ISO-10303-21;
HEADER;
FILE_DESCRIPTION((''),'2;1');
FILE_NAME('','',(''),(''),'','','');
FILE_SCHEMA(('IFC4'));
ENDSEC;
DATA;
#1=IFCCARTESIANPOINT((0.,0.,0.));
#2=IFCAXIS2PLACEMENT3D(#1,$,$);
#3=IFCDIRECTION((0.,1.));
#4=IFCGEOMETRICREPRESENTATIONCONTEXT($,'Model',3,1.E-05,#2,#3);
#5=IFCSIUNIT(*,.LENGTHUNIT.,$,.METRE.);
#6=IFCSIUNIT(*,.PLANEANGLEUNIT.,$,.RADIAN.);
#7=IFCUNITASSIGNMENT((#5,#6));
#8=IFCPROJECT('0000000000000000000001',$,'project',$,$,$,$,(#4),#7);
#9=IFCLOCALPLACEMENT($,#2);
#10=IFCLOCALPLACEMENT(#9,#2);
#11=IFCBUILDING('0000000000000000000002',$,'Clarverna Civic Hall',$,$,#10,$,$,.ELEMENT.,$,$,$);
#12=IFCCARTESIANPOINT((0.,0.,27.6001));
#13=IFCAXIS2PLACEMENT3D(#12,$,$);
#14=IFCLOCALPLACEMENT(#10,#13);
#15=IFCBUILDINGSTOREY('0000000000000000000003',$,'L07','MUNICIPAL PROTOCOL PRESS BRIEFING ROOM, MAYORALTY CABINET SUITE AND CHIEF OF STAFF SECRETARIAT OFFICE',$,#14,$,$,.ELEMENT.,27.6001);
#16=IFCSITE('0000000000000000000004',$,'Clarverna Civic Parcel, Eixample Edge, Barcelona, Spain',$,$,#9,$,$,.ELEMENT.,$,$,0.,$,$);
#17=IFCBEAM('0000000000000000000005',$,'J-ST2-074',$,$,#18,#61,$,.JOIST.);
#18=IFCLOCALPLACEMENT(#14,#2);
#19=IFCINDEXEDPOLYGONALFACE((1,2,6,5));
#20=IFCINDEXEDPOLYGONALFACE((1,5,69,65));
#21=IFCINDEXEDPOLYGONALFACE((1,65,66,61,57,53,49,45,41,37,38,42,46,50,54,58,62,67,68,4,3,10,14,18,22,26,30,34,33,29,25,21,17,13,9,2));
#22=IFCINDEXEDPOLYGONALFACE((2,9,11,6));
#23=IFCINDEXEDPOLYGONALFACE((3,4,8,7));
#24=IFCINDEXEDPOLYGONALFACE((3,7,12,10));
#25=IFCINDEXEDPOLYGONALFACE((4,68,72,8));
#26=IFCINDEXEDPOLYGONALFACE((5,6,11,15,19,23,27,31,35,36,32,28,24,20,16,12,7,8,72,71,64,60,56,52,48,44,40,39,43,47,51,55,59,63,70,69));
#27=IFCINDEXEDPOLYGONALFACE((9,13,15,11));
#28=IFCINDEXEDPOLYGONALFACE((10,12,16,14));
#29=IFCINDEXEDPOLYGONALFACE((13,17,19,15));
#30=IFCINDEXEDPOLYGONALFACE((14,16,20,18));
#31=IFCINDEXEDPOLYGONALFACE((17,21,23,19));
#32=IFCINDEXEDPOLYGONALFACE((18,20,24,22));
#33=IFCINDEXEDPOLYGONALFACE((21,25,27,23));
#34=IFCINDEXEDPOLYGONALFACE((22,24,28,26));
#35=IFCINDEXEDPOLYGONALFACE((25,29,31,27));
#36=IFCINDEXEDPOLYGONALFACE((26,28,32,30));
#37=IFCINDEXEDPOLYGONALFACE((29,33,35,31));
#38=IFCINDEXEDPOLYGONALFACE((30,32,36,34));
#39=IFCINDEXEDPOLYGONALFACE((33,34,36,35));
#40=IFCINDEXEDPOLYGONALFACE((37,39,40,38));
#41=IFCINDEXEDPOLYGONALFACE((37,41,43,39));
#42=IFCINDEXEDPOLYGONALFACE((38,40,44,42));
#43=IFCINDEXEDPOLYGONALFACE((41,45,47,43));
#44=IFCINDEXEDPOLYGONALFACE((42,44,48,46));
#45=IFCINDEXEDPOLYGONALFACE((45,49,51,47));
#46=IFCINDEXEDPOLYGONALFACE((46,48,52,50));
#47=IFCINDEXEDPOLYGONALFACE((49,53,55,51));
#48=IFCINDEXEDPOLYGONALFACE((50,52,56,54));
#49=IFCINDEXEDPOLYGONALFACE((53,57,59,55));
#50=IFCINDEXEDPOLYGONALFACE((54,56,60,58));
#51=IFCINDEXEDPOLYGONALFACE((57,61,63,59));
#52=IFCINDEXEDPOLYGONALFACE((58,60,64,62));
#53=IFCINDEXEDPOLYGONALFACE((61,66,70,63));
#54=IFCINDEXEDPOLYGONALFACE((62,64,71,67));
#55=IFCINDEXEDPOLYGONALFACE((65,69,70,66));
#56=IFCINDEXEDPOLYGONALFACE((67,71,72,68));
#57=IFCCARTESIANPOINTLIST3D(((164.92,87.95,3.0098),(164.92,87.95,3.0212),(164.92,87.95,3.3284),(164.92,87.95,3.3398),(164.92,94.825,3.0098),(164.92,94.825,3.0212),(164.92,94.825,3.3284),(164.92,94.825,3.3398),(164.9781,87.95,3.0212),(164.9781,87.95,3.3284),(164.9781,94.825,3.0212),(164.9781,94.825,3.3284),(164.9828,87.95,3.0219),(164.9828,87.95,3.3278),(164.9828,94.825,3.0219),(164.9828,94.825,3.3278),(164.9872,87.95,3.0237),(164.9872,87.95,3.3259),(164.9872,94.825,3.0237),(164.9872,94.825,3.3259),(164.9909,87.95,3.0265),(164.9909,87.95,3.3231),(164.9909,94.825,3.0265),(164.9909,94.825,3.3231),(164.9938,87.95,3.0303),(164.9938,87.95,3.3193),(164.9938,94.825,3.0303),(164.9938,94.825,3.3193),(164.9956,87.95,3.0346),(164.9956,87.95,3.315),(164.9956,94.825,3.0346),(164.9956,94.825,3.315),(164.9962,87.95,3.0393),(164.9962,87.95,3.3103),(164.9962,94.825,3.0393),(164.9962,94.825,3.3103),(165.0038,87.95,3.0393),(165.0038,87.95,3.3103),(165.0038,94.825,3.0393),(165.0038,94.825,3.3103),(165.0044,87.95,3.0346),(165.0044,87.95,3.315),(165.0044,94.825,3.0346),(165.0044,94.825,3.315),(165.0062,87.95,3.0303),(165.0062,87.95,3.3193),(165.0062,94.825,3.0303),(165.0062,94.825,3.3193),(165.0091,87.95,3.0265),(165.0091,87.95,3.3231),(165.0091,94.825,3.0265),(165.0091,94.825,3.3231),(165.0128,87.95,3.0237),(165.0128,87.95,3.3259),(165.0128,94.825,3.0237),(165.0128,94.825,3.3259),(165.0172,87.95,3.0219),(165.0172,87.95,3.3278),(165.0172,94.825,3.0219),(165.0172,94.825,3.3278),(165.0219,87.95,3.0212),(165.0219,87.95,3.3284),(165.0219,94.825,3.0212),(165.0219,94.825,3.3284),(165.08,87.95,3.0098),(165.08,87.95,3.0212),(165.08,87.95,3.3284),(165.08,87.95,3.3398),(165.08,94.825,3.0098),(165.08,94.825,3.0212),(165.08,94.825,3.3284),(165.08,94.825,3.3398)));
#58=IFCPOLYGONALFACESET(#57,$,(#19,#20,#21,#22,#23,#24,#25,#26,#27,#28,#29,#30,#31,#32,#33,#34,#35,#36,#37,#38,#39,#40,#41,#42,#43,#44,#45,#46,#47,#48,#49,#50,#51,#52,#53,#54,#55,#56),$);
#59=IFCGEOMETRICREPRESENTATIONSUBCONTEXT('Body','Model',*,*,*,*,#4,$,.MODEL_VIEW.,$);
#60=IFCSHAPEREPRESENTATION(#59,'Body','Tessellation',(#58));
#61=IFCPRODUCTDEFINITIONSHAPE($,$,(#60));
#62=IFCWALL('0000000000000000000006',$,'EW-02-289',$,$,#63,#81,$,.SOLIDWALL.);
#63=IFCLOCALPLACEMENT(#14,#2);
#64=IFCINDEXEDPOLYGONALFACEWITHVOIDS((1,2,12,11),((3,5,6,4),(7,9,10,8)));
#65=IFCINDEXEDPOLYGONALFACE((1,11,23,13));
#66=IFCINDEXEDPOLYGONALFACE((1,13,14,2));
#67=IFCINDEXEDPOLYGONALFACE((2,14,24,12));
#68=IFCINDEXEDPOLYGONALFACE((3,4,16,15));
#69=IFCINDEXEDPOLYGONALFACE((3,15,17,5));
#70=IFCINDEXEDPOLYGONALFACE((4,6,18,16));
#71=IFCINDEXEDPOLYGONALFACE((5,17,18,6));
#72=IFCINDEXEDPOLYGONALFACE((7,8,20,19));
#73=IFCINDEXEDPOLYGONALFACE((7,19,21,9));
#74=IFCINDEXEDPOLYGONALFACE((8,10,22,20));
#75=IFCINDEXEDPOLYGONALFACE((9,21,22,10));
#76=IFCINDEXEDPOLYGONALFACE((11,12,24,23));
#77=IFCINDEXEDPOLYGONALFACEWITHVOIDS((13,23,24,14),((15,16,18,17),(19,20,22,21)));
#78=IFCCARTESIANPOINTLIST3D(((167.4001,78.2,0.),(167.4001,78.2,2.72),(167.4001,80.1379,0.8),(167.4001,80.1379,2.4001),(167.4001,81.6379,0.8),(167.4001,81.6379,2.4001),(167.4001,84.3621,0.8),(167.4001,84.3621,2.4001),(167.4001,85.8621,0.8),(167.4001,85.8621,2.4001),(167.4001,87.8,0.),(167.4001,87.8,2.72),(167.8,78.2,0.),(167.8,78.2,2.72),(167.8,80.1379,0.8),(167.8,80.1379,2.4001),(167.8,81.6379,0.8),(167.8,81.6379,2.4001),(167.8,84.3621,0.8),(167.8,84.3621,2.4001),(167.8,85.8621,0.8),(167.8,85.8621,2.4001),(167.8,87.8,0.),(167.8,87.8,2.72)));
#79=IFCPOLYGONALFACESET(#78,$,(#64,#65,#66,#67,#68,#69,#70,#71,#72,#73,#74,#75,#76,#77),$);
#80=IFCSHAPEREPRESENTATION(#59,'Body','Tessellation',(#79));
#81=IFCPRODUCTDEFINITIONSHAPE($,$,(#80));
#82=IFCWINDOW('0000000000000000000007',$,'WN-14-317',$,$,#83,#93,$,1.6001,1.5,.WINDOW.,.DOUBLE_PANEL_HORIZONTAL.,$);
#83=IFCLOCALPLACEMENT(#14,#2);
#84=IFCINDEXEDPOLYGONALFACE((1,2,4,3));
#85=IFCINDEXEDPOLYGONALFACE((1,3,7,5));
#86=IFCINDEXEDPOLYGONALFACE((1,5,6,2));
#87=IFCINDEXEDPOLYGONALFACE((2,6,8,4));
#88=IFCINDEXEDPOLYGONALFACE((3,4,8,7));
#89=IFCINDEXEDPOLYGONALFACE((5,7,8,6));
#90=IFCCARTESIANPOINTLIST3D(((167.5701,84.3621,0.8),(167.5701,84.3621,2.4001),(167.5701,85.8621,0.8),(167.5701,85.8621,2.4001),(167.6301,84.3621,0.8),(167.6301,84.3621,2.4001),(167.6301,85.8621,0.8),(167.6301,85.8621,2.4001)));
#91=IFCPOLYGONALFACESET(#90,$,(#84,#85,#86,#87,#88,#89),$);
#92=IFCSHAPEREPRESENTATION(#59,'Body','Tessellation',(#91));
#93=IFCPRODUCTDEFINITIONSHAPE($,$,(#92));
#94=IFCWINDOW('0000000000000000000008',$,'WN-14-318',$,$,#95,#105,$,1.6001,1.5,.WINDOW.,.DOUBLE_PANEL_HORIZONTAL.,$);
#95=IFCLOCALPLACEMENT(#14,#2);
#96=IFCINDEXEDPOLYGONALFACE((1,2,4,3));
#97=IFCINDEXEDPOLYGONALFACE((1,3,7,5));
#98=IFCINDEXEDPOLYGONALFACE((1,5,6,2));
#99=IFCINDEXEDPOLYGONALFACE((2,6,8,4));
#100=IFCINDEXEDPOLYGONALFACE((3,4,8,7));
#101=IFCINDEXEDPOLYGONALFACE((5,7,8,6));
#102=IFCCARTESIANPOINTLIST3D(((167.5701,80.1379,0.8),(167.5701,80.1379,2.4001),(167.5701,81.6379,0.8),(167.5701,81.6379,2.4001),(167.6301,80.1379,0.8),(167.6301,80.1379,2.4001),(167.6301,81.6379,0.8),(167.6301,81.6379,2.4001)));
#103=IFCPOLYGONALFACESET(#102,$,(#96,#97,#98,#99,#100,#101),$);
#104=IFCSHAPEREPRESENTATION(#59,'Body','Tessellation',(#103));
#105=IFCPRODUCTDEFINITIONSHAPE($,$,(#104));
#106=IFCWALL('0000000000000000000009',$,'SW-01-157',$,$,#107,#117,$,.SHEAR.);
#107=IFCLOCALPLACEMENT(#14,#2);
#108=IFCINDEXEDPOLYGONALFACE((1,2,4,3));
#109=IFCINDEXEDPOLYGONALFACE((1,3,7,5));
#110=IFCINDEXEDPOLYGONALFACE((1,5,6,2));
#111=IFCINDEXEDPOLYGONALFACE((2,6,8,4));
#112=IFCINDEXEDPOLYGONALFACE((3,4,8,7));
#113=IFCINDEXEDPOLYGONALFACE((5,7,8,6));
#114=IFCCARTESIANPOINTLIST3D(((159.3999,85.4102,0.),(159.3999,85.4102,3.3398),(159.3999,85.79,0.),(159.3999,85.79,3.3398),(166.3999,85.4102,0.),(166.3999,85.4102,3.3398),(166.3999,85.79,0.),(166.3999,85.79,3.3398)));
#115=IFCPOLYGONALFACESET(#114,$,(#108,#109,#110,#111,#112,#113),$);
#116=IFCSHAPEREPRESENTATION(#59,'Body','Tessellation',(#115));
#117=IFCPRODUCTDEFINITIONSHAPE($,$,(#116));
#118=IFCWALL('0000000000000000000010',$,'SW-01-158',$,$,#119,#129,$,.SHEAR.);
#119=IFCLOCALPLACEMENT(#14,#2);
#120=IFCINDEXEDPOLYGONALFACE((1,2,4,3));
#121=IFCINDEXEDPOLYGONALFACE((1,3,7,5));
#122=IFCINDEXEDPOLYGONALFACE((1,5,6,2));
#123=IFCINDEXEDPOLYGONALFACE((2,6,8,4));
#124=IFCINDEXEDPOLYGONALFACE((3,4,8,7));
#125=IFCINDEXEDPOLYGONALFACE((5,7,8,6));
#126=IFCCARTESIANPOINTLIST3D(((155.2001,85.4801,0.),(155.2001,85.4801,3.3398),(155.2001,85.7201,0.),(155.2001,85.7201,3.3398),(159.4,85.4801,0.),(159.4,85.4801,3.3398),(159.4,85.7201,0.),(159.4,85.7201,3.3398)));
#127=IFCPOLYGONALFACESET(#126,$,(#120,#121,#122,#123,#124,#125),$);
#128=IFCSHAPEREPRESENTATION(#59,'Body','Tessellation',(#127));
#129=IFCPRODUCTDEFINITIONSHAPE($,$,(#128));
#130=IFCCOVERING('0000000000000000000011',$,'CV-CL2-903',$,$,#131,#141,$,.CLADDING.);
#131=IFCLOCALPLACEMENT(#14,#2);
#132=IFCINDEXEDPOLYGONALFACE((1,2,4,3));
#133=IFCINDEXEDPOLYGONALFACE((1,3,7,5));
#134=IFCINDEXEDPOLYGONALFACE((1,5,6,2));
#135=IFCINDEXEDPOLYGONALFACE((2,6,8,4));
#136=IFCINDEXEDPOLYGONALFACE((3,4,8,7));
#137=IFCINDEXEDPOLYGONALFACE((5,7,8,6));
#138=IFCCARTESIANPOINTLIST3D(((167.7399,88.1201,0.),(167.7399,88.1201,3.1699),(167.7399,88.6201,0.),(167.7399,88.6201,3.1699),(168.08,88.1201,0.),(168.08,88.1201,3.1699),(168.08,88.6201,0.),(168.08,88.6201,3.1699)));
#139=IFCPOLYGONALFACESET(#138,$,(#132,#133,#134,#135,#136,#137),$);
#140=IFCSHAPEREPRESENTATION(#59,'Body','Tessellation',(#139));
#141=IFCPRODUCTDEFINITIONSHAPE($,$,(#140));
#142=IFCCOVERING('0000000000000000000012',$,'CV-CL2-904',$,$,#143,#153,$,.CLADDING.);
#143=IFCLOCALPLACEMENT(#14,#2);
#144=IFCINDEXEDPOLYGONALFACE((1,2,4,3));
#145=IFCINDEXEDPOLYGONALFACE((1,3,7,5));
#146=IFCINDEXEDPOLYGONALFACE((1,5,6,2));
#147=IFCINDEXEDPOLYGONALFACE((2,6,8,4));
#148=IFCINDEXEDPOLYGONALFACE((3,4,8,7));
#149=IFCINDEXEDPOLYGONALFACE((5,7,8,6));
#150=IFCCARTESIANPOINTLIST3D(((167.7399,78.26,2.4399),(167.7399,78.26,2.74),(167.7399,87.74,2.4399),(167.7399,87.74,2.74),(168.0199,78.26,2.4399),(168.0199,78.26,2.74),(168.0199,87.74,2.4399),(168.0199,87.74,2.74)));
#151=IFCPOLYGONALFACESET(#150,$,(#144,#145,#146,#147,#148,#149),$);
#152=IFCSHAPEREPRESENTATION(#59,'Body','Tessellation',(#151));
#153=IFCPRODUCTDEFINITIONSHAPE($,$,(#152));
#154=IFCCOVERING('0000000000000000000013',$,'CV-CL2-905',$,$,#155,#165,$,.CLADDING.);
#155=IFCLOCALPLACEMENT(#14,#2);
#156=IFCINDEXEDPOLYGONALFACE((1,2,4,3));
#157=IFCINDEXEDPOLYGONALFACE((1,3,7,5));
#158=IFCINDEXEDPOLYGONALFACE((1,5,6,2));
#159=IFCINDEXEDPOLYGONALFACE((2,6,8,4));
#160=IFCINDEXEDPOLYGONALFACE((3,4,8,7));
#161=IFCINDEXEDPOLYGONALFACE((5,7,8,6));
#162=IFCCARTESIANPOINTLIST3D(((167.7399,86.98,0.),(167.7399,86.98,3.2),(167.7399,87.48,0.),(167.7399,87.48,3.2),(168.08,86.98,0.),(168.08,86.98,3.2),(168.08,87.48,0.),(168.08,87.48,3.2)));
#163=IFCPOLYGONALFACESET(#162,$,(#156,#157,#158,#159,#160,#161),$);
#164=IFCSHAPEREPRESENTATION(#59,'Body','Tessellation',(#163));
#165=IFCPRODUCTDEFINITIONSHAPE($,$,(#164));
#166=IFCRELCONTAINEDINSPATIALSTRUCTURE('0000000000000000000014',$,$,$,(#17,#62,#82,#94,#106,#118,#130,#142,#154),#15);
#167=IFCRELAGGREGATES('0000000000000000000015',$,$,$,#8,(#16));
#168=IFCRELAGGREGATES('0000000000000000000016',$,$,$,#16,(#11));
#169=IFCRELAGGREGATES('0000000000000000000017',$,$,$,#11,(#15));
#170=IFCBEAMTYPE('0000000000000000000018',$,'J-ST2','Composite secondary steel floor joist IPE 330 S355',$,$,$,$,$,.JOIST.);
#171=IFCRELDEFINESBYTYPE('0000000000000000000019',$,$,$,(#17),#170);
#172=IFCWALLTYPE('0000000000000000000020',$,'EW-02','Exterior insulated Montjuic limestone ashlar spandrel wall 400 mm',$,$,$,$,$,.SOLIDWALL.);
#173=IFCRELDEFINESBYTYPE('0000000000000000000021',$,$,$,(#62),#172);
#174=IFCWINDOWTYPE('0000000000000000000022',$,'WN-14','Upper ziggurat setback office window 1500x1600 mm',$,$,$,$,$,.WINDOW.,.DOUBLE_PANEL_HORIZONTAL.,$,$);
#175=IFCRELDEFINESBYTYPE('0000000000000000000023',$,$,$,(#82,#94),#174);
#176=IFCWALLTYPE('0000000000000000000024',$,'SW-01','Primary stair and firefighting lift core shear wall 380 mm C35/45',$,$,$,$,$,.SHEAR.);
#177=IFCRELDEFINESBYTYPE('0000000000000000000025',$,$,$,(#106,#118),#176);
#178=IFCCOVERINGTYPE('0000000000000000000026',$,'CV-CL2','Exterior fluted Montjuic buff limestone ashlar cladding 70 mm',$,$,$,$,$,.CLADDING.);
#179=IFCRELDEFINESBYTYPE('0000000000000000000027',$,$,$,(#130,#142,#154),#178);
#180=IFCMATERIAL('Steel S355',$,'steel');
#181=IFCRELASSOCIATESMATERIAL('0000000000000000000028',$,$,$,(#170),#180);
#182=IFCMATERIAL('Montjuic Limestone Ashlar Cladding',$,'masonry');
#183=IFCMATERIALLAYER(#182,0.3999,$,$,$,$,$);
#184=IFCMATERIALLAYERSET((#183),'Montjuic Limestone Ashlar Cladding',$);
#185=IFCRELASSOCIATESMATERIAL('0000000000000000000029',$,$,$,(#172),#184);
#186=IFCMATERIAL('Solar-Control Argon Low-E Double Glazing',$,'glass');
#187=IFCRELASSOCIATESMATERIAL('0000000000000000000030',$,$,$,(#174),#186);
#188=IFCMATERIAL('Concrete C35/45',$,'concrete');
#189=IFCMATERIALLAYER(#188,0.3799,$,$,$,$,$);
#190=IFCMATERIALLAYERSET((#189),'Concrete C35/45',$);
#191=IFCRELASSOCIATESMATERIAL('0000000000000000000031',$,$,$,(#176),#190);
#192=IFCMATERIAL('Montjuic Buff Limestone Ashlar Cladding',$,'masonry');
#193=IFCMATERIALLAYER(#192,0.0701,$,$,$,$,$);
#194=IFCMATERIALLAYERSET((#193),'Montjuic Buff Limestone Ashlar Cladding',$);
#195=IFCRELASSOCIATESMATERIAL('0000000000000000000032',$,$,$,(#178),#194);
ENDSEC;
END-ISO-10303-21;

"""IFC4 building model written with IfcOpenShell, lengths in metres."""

from ifc_helpers import new_model, si_unit, direction, frame, frame_2d, origin, origin_2d, place, context, subcontext, project, spatial, rectangle, i_section, extrude, material, layer, layer_set, material_profile, profile_set, type_object, element, fill, save


model = new_model("IFC4")

# Units and contexts
model_context = context("Model", 3, precision=1e-05, world=origin(), true_north=direction((0.0, 1.0)))
body_context = subcontext(model_context, "Body", "Model", "MODEL_VIEW")
ifc_project = project(units=[si_unit("LENGTHUNIT", "METRE"), si_unit("PLANEANGLEUNIT", "RADIAN")], contexts=[model_context])

# Site, building, storey
site_placement = place(None, origin())
site = spatial("IfcSite", under=ifc_project, at=site_placement, Name="Clarverna Civic Parcel, Eixample Edge, Barcelona, Spain", CompositionType="ELEMENT", RefElevation=0.0)
building_placement = place(site_placement, origin())
building = spatial("IfcBuilding", under=site, at=building_placement, Name="Clarverna Civic Hall", CompositionType="ELEMENT")
storey_placement = place(building_placement, frame((0.0, 0.0, 27.6001)))
storey = spatial("IfcBuildingStorey", under=building, at=storey_placement, Name="L07", Description="MUNICIPAL PROTOCOL PRESS BRIEFING ROOM, MAYORALTY CABINET SUITE AND CHIEF OF STAFF SECRETARIAT OFFICE", CompositionType="ELEMENT", Elevation=27.6001)

# Shared definitions
ifc_material_1 = material(Name="Concrete C35/45", Category="concrete")

# Beam
ifc_material_2 = material(Name="Steel S355", Category="steel")
ifc_material_profile_1 = material_profile(ifc_material_2, i_section(OverallWidth=0.1599, OverallDepth=0.3301, WebThickness=0.0076, FlangeThickness=0.0115, FilletRadius=0.0181, at=origin_2d()), Name="IPE 330")
ifc_profile_set_1 = profile_set([ifc_material_profile_1], Name="Steel S355")
beam_type_1 = type_object("IfcBeamType", Name="J-ST2", Description="Composite secondary steel floor joist IPE 330 S355", PredefinedType="JOIST", material=ifc_profile_set_1)
beam_1_placement = place(storey_placement, frame((165.0, 87.95, 3.1748), z_axis=(0.0, 1.0, 0.0), x_axis=(-1.0, 0.0, 0.0)))
element("IfcBeam", 1, at=beam_1_placement, inside=storey, type_object=beam_type_1, Name="J-ST2-074", PredefinedType="JOIST", context=body_context, shape_type="SweptSolid", body=[
    extrude(i_section(OverallWidth=0.1599, OverallDepth=0.3301, WebThickness=0.0076, FlangeThickness=0.0115, FilletRadius=0.0181, at=origin_2d()), origin(), (0.0, 0.0, 1.0), 6.875),
])

# Wall, openings, windows
ifc_material_3 = material(Name="Montjuic Limestone Ashlar Cladding", Category="masonry")
ifc_layer_1 = layer(ifc_material_3, 0.3999)
ifc_layer_set_1 = layer_set([ifc_layer_1], Name="Montjuic Limestone Ashlar Cladding")
wall_type_1 = type_object("IfcWallType", Name="EW-02", Description="Exterior insulated Montjuic limestone ashlar spandrel wall 400 mm", PredefinedType="SOLIDWALL", material=ifc_layer_set_1)
wall_1_placement = place(storey_placement, frame((167.6001, 87.8, 0.0), z_axis=(0.0, 0.0, 1.0), x_axis=(0.0, -1.0, 0.0)))
wall_1 = element("IfcWall", 2, at=wall_1_placement, inside=storey, type_object=wall_type_1, Name="EW-02-289", PredefinedType="SOLIDWALL", context=body_context, shape_type="SweptSolid", body=[
    extrude(rectangle(XDim=9.6001, YDim=0.3999, at=frame_2d((4.8, 0.0))), origin(), (0.0, 0.0, 1.0), 2.72),
])
opening_1_placement = place(wall_1_placement, frame((1.938, 0.0, 0.8)))
opening_1 = element("IfcOpeningElement", 3, at=opening_1_placement, cuts=wall_1, PredefinedType="OPENING", context=body_context, shape_type="SweptSolid", body=[
    extrude(rectangle(XDim=1.5, YDim=1.6001, at=frame_2d((0.75, 0.8))), frame((0.0, 0.21, 0.0), z_axis=(0.0, -1.0, 0.0), x_axis=(1.0, 0.0, 0.0)), (0.0, 0.0, 1.0), 0.4199),
])
opening_2_placement = place(wall_1_placement, frame((6.1621, 0.0, 0.8)))
opening_2 = element("IfcOpeningElement", 4, at=opening_2_placement, cuts=wall_1, PredefinedType="OPENING", context=body_context, shape_type="SweptSolid", body=[
    extrude(rectangle(XDim=1.5, YDim=1.6001, at=frame_2d((0.75, 0.8))), frame((0.0, 0.21, 0.0), z_axis=(0.0, -1.0, 0.0), x_axis=(1.0, 0.0, 0.0)), (0.0, 0.0, 1.0), 0.4199),
])
ifc_material_4 = material(Name="Solar-Control Argon Low-E Double Glazing", Category="glass")
window_type = type_object("IfcWindowType", Name="WN-14", Description="Upper ziggurat setback office window 1500x1600 mm", PartitioningType="DOUBLE_PANEL_HORIZONTAL", PredefinedType="WINDOW", material=ifc_material_4)
window_1_placement = place(opening_1_placement, origin())
window_1 = element("IfcWindow", 5, at=window_1_placement, inside=storey, type_object=window_type, Name="WN-14-317", OverallHeight=1.6001, OverallWidth=1.5, PartitioningType="DOUBLE_PANEL_HORIZONTAL", PredefinedType="WINDOW", context=body_context, shape_type="SweptSolid", body=[
    extrude(rectangle(XDim=1.5, YDim=1.6001, at=frame_2d((0.75, 0.8))), frame((0.0, 0.03, 0.0), z_axis=(0.0, -1.0, 0.0), x_axis=(1.0, 0.0, 0.0)), (0.0, 0.0, 1.0), 0.0601),
])
fill(opening_1, window_1)
window_2_placement = place(opening_2_placement, origin())
window_2 = element("IfcWindow", 6, at=window_2_placement, inside=storey, type_object=window_type, Name="WN-14-318", OverallHeight=1.6001, OverallWidth=1.5, PartitioningType="DOUBLE_PANEL_HORIZONTAL", PredefinedType="WINDOW", context=body_context, shape_type="SweptSolid", body=[
    extrude(rectangle(XDim=1.5, YDim=1.6001, at=frame_2d((0.75, 0.8))), frame((0.0, 0.03, 0.0), z_axis=(0.0, -1.0, 0.0), x_axis=(1.0, 0.0, 0.0)), (0.0, 0.0, 1.0), 0.0601),
])
fill(opening_2, window_2)

# Walls
ifc_layer_2 = layer(ifc_material_1, 0.3799)
ifc_layer_set_2 = layer_set([ifc_layer_2], Name="Concrete C35/45")
wall_type_2 = type_object("IfcWallType", Name="SW-01", Description="Primary stair and firefighting lift core shear wall 380 mm C35/45", PredefinedType="SHEAR", material=ifc_layer_set_2)
wall_2_placement = place(storey_placement, frame((159.3999, 85.6001, 0.0), z_axis=(0.0, 0.0, 1.0), x_axis=(1.0, 0.0, 0.0)))
element("IfcWall", 7, at=wall_2_placement, inside=storey, type_object=wall_type_2, Name="SW-01-157", PredefinedType="SHEAR", context=body_context, shape_type="SweptSolid", body=[
    extrude(rectangle(XDim=7.0, YDim=0.3799, at=frame_2d((3.5, 0.0))), origin(), (0.0, 0.0, 1.0), 3.3398),
])
wall_3_placement = place(storey_placement, frame((155.2, 85.6001, 0.0), z_axis=(0.0, 0.0, 1.0), x_axis=(1.0, 0.0, 0.0)))
element("IfcWall", 8, at=wall_3_placement, inside=storey, type_object=wall_type_2, Name="SW-01-158", PredefinedType="SHEAR", context=body_context, shape_type="SweptSolid", body=[
    extrude(rectangle(XDim=4.2, YDim=0.24, at=frame_2d((2.1001, 0.0))), origin(), (0.0, 0.0, 1.0), 3.3398),
])

# Coverings
ifc_material_5 = material(Name="Montjuic Buff Limestone Ashlar Cladding", Category="masonry")
ifc_layer_3 = layer(ifc_material_5, 0.0701)
ifc_layer_set_3 = layer_set([ifc_layer_3], Name="Montjuic Buff Limestone Ashlar Cladding")
covering_type = type_object("IfcCoveringType", Name="CV-CL2", Description="Exterior fluted Montjuic buff limestone ashlar cladding 70 mm", PredefinedType="CLADDING", material=ifc_layer_set_3)
covering_1_placement = place(storey_placement, frame((167.9099, 88.6201, 0.0), z_axis=(0.0, 0.0, 1.0), x_axis=(0.0, -1.0, 0.0)))
element("IfcCovering", 9, at=covering_1_placement, inside=storey, type_object=covering_type, Name="CV-CL2-903", PredefinedType="CLADDING", context=body_context, shape_type="SweptSolid", body=[
    extrude(rectangle(XDim=0.5, YDim=0.3401, at=frame_2d((0.25, 0.0))), origin(), (0.0, 0.0, 1.0), 3.1699),
])
covering_2_placement = place(storey_placement, frame((167.8799, 87.74, 2.4399), z_axis=(0.0, 0.0, 1.0), x_axis=(0.0, -1.0, 0.0)))
element("IfcCovering", 10, at=covering_2_placement, inside=storey, type_object=covering_type, Name="CV-CL2-904", PredefinedType="CLADDING", context=body_context, shape_type="SweptSolid", body=[
    extrude(rectangle(XDim=9.48, YDim=0.28, at=frame_2d((4.74, 0.0))), origin(), (0.0, 0.0, 1.0), 0.3),
])
covering_3_placement = place(storey_placement, frame((167.9099, 87.48, 0.0), z_axis=(0.0, 0.0, 1.0), x_axis=(0.0, -1.0, 0.0)))
element("IfcCovering", 11, at=covering_3_placement, inside=storey, type_object=covering_type, Name="CV-CL2-905", PredefinedType="CLADDING", context=body_context, shape_type="SweptSolid", body=[
    extrude(rectangle(XDim=0.5, YDim=0.3401, at=frame_2d((0.25, 0.0))), origin(), (0.0, 0.0, 1.0), 3.2),
])

save(model, "model.ifc")
